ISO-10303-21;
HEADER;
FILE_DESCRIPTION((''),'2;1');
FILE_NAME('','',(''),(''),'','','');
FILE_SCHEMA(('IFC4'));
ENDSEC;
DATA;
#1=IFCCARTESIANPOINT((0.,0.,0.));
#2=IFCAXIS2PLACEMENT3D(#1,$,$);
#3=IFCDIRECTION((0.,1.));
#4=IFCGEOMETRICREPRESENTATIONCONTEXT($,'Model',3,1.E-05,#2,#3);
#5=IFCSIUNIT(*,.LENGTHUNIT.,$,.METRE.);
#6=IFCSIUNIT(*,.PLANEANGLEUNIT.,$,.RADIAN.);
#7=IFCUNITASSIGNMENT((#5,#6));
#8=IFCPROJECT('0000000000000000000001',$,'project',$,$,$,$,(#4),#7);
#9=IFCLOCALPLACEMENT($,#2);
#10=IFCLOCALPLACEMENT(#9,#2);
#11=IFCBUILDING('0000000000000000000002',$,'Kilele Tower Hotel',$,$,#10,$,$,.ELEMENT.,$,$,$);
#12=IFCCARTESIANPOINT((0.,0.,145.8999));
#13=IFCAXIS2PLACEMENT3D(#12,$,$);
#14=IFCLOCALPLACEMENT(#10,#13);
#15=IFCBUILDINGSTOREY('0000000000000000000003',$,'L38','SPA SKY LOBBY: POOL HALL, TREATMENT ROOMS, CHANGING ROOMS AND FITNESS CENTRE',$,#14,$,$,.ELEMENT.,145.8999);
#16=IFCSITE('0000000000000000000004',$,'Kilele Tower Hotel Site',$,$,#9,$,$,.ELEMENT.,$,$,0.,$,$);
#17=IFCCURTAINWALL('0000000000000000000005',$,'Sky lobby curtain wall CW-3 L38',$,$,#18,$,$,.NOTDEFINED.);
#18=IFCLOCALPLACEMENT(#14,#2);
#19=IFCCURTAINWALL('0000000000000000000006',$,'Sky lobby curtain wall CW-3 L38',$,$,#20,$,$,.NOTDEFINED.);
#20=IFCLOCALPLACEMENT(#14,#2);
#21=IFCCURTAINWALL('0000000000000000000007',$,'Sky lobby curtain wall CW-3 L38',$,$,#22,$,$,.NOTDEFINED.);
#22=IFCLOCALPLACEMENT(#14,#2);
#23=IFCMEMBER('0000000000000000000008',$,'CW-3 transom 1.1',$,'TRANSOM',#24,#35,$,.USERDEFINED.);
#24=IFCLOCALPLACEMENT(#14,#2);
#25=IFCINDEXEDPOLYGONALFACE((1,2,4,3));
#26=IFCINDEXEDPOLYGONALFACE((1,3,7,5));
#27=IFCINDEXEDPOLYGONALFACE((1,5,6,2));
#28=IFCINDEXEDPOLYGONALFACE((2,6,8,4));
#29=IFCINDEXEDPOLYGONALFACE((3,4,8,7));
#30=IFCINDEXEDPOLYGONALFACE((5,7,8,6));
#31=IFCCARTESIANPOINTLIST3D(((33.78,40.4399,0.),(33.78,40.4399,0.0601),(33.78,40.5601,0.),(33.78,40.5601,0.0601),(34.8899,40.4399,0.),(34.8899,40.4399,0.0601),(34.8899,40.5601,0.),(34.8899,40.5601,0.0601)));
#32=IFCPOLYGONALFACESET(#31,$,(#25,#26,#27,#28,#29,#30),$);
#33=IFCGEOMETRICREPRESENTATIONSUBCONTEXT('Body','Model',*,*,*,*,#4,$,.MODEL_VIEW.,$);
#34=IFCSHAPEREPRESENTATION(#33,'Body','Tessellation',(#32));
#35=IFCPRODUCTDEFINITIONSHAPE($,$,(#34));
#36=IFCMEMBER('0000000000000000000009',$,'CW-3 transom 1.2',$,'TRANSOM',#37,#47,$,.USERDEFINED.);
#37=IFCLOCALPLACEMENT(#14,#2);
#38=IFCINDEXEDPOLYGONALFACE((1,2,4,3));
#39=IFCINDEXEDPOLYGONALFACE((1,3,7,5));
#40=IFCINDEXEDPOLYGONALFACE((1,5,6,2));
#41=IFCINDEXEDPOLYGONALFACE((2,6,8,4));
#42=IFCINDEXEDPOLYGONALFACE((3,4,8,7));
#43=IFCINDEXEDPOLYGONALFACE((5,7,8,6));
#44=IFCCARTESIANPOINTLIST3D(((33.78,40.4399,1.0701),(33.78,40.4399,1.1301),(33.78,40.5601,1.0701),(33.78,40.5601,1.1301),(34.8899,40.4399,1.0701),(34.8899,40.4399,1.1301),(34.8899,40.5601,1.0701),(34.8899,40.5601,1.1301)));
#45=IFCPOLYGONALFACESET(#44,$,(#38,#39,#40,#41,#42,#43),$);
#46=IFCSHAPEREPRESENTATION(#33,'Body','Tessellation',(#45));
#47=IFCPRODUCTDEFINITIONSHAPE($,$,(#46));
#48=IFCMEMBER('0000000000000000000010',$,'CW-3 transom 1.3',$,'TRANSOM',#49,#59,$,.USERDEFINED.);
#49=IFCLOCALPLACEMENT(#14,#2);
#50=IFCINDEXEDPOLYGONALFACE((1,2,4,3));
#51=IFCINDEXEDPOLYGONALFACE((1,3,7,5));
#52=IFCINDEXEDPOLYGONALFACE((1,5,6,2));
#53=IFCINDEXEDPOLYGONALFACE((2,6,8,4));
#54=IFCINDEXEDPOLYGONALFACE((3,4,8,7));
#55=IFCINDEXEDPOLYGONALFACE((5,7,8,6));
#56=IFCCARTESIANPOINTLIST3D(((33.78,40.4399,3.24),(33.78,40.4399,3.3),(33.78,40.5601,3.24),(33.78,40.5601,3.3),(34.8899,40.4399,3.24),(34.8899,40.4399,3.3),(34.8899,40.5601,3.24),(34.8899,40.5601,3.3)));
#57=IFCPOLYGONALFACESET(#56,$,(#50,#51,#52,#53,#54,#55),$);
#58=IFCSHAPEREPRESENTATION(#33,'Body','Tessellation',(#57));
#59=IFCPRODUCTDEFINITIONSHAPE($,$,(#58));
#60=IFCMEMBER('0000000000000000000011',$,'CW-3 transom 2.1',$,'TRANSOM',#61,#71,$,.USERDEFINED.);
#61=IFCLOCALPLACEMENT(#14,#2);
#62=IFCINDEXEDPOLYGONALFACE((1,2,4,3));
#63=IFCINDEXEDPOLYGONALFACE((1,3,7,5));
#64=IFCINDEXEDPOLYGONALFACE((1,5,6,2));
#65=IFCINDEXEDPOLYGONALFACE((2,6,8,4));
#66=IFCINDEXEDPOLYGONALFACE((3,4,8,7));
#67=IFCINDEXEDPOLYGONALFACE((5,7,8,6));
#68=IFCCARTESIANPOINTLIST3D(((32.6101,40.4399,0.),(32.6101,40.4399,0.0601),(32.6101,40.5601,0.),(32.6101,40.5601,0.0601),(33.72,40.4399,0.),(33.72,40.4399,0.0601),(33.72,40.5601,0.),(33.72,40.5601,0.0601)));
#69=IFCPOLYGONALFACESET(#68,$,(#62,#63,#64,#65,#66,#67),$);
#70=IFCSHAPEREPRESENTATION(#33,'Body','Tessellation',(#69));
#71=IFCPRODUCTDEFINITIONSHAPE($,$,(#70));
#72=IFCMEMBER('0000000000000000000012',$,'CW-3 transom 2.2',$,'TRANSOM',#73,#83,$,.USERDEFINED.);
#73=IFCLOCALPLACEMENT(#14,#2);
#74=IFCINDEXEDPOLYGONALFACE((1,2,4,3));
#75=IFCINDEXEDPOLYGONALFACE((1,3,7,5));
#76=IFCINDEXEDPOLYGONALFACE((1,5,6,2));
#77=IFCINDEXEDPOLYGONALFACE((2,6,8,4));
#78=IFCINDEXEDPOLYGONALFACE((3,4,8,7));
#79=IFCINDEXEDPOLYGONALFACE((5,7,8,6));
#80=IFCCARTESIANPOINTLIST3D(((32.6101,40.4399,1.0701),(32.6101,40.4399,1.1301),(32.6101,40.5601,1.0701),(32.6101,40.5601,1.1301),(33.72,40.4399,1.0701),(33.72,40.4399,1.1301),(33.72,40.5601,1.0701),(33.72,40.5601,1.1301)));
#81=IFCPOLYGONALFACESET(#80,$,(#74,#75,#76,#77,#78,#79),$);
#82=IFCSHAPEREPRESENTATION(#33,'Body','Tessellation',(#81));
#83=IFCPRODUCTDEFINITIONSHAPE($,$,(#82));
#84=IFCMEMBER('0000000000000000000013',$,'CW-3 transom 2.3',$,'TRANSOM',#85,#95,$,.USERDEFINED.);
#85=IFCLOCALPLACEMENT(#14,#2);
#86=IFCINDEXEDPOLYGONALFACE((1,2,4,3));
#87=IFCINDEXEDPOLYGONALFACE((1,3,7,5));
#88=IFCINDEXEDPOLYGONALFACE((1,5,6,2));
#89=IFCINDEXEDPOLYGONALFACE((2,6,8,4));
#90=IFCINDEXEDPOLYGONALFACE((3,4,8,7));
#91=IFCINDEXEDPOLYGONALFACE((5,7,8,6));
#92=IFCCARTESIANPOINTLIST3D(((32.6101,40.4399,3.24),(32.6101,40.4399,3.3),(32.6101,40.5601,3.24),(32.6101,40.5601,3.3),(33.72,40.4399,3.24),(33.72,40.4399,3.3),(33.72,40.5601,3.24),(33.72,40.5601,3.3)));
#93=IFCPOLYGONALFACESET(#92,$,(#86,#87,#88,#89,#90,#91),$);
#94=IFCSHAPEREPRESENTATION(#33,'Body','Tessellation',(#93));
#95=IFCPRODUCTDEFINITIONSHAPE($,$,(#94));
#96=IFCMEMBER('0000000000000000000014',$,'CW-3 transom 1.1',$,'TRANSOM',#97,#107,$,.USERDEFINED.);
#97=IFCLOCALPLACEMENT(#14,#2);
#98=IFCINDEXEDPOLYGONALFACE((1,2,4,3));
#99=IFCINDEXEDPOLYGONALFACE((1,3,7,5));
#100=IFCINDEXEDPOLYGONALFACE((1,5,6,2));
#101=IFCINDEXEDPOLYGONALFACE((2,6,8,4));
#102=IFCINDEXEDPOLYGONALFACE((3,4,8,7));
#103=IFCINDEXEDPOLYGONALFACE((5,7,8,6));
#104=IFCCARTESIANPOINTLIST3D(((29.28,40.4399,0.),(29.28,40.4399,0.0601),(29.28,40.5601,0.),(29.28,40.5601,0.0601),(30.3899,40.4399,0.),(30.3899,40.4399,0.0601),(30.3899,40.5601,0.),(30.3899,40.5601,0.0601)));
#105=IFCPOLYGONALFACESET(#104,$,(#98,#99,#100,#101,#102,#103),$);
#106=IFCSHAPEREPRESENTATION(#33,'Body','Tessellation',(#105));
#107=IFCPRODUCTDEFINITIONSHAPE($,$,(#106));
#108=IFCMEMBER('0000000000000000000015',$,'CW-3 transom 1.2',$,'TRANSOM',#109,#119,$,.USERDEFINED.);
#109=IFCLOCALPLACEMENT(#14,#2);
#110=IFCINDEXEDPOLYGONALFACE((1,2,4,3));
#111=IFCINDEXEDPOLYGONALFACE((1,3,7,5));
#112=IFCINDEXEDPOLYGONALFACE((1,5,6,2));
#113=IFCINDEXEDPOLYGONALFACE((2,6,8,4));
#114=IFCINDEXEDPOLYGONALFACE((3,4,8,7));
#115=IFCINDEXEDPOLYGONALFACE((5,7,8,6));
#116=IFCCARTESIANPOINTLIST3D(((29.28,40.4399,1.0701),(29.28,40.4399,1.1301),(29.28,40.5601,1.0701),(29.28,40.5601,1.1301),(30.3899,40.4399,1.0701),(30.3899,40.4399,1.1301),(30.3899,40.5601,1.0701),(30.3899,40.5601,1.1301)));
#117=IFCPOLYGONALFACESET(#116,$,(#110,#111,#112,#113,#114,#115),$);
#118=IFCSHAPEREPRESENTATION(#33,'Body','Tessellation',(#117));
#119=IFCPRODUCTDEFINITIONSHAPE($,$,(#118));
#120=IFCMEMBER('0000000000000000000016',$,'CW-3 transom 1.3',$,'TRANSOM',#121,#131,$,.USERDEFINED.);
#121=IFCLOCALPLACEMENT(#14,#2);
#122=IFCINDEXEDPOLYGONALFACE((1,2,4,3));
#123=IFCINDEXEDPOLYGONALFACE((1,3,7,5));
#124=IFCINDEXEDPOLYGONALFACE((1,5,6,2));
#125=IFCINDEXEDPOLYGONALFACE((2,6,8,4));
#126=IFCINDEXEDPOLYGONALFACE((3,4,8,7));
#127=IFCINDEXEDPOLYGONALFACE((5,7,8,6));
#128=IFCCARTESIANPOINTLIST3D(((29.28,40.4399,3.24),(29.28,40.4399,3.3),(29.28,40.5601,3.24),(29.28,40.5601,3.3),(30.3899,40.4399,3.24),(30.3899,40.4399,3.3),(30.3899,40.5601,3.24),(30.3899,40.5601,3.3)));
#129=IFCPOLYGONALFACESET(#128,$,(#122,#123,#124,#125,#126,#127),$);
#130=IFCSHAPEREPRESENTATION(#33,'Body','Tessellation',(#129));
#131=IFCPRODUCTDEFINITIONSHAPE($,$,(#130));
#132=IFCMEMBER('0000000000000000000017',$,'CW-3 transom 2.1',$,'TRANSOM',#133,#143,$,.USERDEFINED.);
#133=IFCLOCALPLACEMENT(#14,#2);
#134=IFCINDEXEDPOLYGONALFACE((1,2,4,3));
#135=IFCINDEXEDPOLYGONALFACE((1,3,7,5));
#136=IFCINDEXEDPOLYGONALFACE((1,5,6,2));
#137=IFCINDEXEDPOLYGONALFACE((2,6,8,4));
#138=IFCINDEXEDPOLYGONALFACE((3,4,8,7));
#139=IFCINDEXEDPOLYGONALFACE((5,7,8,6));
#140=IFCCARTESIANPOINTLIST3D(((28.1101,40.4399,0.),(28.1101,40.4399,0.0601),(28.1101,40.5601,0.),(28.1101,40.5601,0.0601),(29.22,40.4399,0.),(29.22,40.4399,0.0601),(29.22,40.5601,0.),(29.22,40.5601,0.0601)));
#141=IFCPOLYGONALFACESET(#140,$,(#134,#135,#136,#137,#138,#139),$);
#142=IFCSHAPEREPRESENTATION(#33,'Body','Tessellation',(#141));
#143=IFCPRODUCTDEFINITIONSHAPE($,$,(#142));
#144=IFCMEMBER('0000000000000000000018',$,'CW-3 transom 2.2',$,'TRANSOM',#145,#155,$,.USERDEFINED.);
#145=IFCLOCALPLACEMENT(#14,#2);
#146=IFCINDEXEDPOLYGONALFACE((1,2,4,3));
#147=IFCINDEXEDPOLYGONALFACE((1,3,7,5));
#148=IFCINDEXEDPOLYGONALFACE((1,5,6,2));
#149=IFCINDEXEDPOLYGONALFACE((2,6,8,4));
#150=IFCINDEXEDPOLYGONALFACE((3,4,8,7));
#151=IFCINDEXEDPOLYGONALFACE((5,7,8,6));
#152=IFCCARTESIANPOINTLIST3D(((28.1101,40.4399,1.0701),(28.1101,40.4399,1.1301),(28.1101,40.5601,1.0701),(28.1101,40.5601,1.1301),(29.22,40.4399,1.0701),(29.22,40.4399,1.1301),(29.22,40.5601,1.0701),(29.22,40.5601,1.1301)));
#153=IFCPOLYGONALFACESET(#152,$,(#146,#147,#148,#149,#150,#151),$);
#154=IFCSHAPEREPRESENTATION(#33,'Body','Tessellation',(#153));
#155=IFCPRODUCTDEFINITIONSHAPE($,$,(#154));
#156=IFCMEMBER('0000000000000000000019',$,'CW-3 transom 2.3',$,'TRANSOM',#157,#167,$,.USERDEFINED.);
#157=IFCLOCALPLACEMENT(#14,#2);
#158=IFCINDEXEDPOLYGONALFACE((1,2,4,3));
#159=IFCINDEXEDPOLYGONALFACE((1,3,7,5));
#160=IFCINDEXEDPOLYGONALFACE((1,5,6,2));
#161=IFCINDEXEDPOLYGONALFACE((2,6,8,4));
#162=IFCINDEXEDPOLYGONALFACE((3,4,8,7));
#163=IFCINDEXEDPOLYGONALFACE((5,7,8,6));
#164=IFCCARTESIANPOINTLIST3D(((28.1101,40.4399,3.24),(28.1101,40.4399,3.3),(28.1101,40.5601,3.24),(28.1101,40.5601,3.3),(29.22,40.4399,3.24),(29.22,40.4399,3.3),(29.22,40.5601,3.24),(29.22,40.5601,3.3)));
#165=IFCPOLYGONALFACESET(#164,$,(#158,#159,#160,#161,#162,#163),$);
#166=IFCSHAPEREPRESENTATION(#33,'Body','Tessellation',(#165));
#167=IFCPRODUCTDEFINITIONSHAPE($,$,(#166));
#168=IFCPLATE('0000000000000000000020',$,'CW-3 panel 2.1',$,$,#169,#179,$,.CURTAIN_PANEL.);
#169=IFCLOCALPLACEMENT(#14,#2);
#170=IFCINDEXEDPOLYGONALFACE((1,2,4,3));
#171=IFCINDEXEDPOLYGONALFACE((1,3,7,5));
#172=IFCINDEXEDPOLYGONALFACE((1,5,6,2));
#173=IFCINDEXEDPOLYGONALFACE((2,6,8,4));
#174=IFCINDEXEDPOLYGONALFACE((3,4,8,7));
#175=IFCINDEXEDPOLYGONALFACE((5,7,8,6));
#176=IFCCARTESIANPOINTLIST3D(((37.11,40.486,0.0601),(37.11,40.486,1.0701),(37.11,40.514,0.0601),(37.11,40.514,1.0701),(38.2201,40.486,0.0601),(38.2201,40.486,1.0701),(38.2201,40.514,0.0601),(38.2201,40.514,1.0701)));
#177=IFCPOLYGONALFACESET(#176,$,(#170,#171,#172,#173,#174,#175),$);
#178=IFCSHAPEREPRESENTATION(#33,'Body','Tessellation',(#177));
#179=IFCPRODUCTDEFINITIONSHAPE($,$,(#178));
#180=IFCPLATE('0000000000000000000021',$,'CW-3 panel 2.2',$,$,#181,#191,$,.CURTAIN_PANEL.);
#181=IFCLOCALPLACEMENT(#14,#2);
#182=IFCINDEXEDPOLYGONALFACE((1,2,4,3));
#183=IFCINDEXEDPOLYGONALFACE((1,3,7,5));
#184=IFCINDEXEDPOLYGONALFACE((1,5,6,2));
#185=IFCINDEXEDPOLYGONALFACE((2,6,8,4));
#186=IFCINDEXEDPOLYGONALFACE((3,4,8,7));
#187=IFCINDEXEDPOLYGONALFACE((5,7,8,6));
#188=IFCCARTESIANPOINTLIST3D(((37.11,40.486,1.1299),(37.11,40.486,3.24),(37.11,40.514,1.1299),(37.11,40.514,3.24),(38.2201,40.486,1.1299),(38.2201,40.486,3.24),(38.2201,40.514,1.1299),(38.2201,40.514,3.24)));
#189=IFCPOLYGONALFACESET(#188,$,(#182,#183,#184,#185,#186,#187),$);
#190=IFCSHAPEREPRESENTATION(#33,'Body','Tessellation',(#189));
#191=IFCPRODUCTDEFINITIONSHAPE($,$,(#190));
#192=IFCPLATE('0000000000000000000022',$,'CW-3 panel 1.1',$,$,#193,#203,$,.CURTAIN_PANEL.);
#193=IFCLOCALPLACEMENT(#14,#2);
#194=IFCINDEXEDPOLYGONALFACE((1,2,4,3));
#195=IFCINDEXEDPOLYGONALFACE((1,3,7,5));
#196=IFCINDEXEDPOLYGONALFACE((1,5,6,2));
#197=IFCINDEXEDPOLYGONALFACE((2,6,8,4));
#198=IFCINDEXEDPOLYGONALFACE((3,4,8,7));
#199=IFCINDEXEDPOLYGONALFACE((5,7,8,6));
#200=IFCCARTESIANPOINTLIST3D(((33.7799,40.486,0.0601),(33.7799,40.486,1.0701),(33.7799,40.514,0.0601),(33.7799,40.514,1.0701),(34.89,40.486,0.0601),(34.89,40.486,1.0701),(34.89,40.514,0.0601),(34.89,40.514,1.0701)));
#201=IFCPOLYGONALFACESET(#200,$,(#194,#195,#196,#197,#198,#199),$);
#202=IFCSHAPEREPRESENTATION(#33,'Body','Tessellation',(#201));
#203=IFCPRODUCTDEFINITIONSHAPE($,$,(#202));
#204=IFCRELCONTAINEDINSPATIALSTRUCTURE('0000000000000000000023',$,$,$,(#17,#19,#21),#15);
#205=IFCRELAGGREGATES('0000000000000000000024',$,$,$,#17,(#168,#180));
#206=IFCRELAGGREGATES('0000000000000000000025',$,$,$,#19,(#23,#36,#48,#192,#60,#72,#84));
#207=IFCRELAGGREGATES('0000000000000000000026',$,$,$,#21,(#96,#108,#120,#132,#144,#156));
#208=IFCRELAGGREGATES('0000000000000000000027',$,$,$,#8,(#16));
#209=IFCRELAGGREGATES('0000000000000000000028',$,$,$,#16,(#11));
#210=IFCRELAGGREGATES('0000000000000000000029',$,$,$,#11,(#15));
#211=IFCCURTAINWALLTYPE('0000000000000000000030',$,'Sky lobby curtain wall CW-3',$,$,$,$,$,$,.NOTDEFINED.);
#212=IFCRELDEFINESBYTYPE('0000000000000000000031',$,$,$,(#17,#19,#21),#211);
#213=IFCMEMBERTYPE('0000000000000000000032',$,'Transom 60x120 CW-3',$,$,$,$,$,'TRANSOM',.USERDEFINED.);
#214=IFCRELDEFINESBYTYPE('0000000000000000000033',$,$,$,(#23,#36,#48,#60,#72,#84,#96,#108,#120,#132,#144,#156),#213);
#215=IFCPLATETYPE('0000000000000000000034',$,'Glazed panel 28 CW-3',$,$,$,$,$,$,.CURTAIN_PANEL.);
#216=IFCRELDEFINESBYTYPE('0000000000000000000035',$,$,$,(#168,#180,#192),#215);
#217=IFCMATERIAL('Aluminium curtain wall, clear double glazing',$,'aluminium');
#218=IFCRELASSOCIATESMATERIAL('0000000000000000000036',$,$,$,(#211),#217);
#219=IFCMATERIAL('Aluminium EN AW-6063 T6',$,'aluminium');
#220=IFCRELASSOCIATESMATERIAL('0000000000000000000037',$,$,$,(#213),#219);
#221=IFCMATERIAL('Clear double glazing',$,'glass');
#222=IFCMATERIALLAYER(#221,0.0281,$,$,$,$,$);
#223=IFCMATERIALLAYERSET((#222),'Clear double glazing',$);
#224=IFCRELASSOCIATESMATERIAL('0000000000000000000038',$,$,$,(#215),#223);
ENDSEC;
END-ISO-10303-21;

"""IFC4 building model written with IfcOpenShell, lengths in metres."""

from ifc_helpers import new_model, si_unit, direction, frame, origin, origin_2d, place, context, subcontext, project, spatial, rectangle, extrude, material, layer, layer_set, material_profile, profile_set, type_object, element, aggregate, save


model = new_model("IFC4")

# Units and contexts
model_context = context("Model", 3, precision=1e-05, world=origin(), true_north=direction((0.0, 1.0)))
body_context = subcontext(model_context, "Body", "Model", "MODEL_VIEW")
ifc_project = project(units=[si_unit("LENGTHUNIT", "METRE"), si_unit("PLANEANGLEUNIT", "RADIAN")], contexts=[model_context])

# Site, building, storey
site_placement = place(None, origin())
site = spatial("IfcSite", under=ifc_project, at=site_placement, Name="Kilele Tower Hotel Site", CompositionType="ELEMENT", RefElevation=0.0)
building_placement = place(site_placement, origin())
building = spatial("IfcBuilding", under=site, at=building_placement, Name="Kilele Tower Hotel", CompositionType="ELEMENT")
storey_placement = place(building_placement, frame((0.0, 0.0, 145.8999)))
storey = spatial("IfcBuildingStorey", under=building, at=storey_placement, Name="L38", Description="SPA SKY LOBBY: POOL HALL, TREATMENT ROOMS, CHANGING ROOMS AND FITNESS CENTRE", CompositionType="ELEMENT", Elevation=145.8999)

# Curtain wall
ifc_material_1 = material(Name="Aluminium curtain wall, clear double glazing", Category="aluminium")
curtain_wall_type = type_object("IfcCurtainWallType", Name="Sky lobby curtain wall CW-3", PredefinedType="NOTDEFINED", material=ifc_material_1)
curtain_wall_1_placement = place(storey_placement, origin())
curtain_wall_1 = element("IfcCurtainWall", 1, at=curtain_wall_1_placement, inside=storey, type_object=curtain_wall_type, Name="Sky lobby curtain wall CW-3 L38", PredefinedType="NOTDEFINED")

# Curtain walls
curtain_wall_2_placement = place(storey_placement, origin())
curtain_wall_2 = element("IfcCurtainWall", 2, at=curtain_wall_2_placement, inside=storey, type_object=curtain_wall_type, Name="Sky lobby curtain wall CW-3 L38", PredefinedType="NOTDEFINED")
curtain_wall_3_placement = place(storey_placement, origin())
curtain_wall_3 = element("IfcCurtainWall", 3, at=curtain_wall_3_placement, inside=storey, type_object=curtain_wall_type, Name="Sky lobby curtain wall CW-3 L38", PredefinedType="NOTDEFINED")

# Members
ifc_material_2 = material(Name="Aluminium EN AW-6063 T6", Category="aluminium")
ifc_material_profile_1 = material_profile(ifc_material_2, rectangle(XDim=0.1201, YDim=0.0601, at=origin_2d()))
ifc_profile_set_1 = profile_set([ifc_material_profile_1], Name="Aluminium EN AW-6063 T6")
member_type_1 = type_object("IfcMemberType", Name="Transom 60x120 CW-3", ElementType="TRANSOM", PredefinedType="USERDEFINED", material=ifc_profile_set_1)
member_1_placement = place(storey_placement, frame((34.8899, 40.5, 0.03), z_axis=(-1.0, 0.0, 0.0), x_axis=(0.0, -1.0, 0.0)))
member_1 = element("IfcMember", 4, at=member_1_placement, type_object=member_type_1, Name="CW-3 transom 1.1", ObjectType="TRANSOM", PredefinedType="USERDEFINED", context=body_context, shape_type="SweptSolid", body=[
    extrude(rectangle(XDim=0.1201, YDim=0.0601, at=origin_2d()), origin(), (0.0, 0.0, 1.0), 1.1099),
])
member_2_placement = place(storey_placement, frame((34.8899, 40.5, 1.1001), z_axis=(-1.0, 0.0, 0.0), x_axis=(0.0, -1.0, 0.0)))
member_2 = element("IfcMember", 5, at=member_2_placement, type_object=member_type_1, Name="CW-3 transom 1.2", ObjectType="TRANSOM", PredefinedType="USERDEFINED", context=body_context, shape_type="SweptSolid", body=[
    extrude(rectangle(XDim=0.1201, YDim=0.0601, at=origin_2d()), origin(), (0.0, 0.0, 1.0), 1.1099),
])
member_3_placement = place(storey_placement, frame((34.8899, 40.5, 3.27), z_axis=(-1.0, 0.0, 0.0), x_axis=(0.0, -1.0, 0.0)))
member_3 = element("IfcMember", 6, at=member_3_placement, type_object=member_type_1, Name="CW-3 transom 1.3", ObjectType="TRANSOM", PredefinedType="USERDEFINED", context=body_context, shape_type="SweptSolid", body=[
    extrude(rectangle(XDim=0.1201, YDim=0.0601, at=origin_2d()), origin(), (0.0, 0.0, 1.0), 1.1099),
])
member_4_placement = place(storey_placement, frame((33.72, 40.5, 0.03), z_axis=(-1.0, 0.0, 0.0), x_axis=(0.0, -1.0, 0.0)))
member_4 = element("IfcMember", 7, at=member_4_placement, type_object=member_type_1, Name="CW-3 transom 2.1", ObjectType="TRANSOM", PredefinedType="USERDEFINED", context=body_context, shape_type="SweptSolid", body=[
    extrude(rectangle(XDim=0.1201, YDim=0.0601, at=origin_2d()), origin(), (0.0, 0.0, 1.0), 1.1099),
])
member_5_placement = place(storey_placement, frame((33.72, 40.5, 1.1001), z_axis=(-1.0, 0.0, 0.0), x_axis=(0.0, -1.0, 0.0)))
member_5 = element("IfcMember", 8, at=member_5_placement, type_object=member_type_1, Name="CW-3 transom 2.2", ObjectType="TRANSOM", PredefinedType="USERDEFINED", context=body_context, shape_type="SweptSolid", body=[
    extrude(rectangle(XDim=0.1201, YDim=0.0601, at=origin_2d()), origin(), (0.0, 0.0, 1.0), 1.1099),
])
member_6_placement = place(storey_placement, frame((33.72, 40.5, 3.27), z_axis=(-1.0, 0.0, 0.0), x_axis=(0.0, -1.0, 0.0)))
member_6 = element("IfcMember", 9, at=member_6_placement, type_object=member_type_1, Name="CW-3 transom 2.3", ObjectType="TRANSOM", PredefinedType="USERDEFINED", context=body_context, shape_type="SweptSolid", body=[
    extrude(rectangle(XDim=0.1201, YDim=0.0601, at=origin_2d()), origin(), (0.0, 0.0, 1.0), 1.1099),
])
member_7_placement = place(storey_placement, frame((30.3899, 40.5, 0.03), z_axis=(-1.0, 0.0, 0.0), x_axis=(0.0, -1.0, 0.0)))
member_7 = element("IfcMember", 10, at=member_7_placement, type_object=member_type_1, Name="CW-3 transom 1.1", ObjectType="TRANSOM", PredefinedType="USERDEFINED", context=body_context, shape_type="SweptSolid", body=[
    extrude(rectangle(XDim=0.1201, YDim=0.0601, at=origin_2d()), origin(), (0.0, 0.0, 1.0), 1.1099),
])
member_8_placement = place(storey_placement, frame((30.3899, 40.5, 1.1001), z_axis=(-1.0, 0.0, 0.0), x_axis=(0.0, -1.0, 0.0)))
member_8 = element("IfcMember", 11, at=member_8_placement, type_object=member_type_1, Name="CW-3 transom 1.2", ObjectType="TRANSOM", PredefinedType="USERDEFINED", context=body_context, shape_type="SweptSolid", body=[
    extrude(rectangle(XDim=0.1201, YDim=0.0601, at=origin_2d()), origin(), (0.0, 0.0, 1.0), 1.1099),
])
member_9_placement = place(storey_placement, frame((30.3899, 40.5, 3.27), z_axis=(-1.0, 0.0, 0.0), x_axis=(0.0, -1.0, 0.0)))
member_9 = element("IfcMember", 12, at=member_9_placement, type_object=member_type_1, Name="CW-3 transom 1.3", ObjectType="TRANSOM", PredefinedType="USERDEFINED", context=body_context, shape_type="SweptSolid", body=[
    extrude(rectangle(XDim=0.1201, YDim=0.0601, at=origin_2d()), origin(), (0.0, 0.0, 1.0), 1.1099),
])
member_10_placement = place(storey_placement, frame((29.22, 40.5, 0.03), z_axis=(-1.0, 0.0, 0.0), x_axis=(0.0, -1.0, 0.0)))
member_10 = element("IfcMember", 13, at=member_10_placement, type_object=member_type_1, Name="CW-3 transom 2.1", ObjectType="TRANSOM", PredefinedType="USERDEFINED", context=body_context, shape_type="SweptSolid", body=[
    extrude(rectangle(XDim=0.1201, YDim=0.0601, at=origin_2d()), origin(), (0.0, 0.0, 1.0), 1.1099),
])
member_11_placement = place(storey_placement, frame((29.22, 40.5, 1.1001), z_axis=(-1.0, 0.0, 0.0), x_axis=(0.0, -1.0, 0.0)))
member_11 = element("IfcMember", 14, at=member_11_placement, type_object=member_type_1, Name="CW-3 transom 2.2", ObjectType="TRANSOM", PredefinedType="USERDEFINED", context=body_context, shape_type="SweptSolid", body=[
    extrude(rectangle(XDim=0.1201, YDim=0.0601, at=origin_2d()), origin(), (0.0, 0.0, 1.0), 1.1099),
])
member_12_placement = place(storey_placement, frame((29.22, 40.5, 3.27), z_axis=(-1.0, 0.0, 0.0), x_axis=(0.0, -1.0, 0.0)))
member_12 = element("IfcMember", 15, at=member_12_placement, type_object=member_type_1, Name="CW-3 transom 2.3", ObjectType="TRANSOM", PredefinedType="USERDEFINED", context=body_context, shape_type="SweptSolid", body=[
    extrude(rectangle(XDim=0.1201, YDim=0.0601, at=origin_2d()), origin(), (0.0, 0.0, 1.0), 1.1099),
])

# Plates
ifc_material_3 = material(Name="Clear double glazing", Category="glass")
ifc_layer = layer(ifc_material_3, 0.0281)
ifc_layer_set = layer_set([ifc_layer], Name="Clear double glazing")
plate_type = type_object("IfcPlateType", Name="Glazed panel 28 CW-3", PredefinedType="CURTAIN_PANEL", material=ifc_layer_set)
plate_1_placement = place(storey_placement, frame((37.665, 40.5, 0.0601), z_axis=(0.0, 0.0, 1.0), x_axis=(-1.0, 0.0, 0.0)))
plate_1 = element("IfcPlate", 16, at=plate_1_placement, type_object=plate_type, Name="CW-3 panel 2.1", PredefinedType="CURTAIN_PANEL", context=body_context, shape_type="SweptSolid", body=[
    extrude(rectangle(XDim=1.1101, YDim=0.0281, at=origin_2d()), origin(), (0.0, 0.0, 1.0), 1.01),
])
plate_2_placement = place(storey_placement, frame((37.665, 40.5, 1.1299), z_axis=(0.0, 0.0, 1.0), x_axis=(-1.0, 0.0, 0.0)))
plate_2 = element("IfcPlate", 17, at=plate_2_placement, type_object=plate_type, Name="CW-3 panel 2.2", PredefinedType="CURTAIN_PANEL", context=body_context, shape_type="SweptSolid", body=[
    extrude(rectangle(XDim=1.1101, YDim=0.0281, at=origin_2d()), origin(), (0.0, 0.0, 1.0), 2.1101),
])
aggregate(curtain_wall_1, [plate_1, plate_2])
plate_3_placement = place(storey_placement, frame((34.335, 40.5, 0.0601), z_axis=(0.0, 0.0, 1.0), x_axis=(-1.0, 0.0, 0.0)))
plate_3 = element("IfcPlate", 18, at=plate_3_placement, type_object=plate_type, Name="CW-3 panel 1.1", PredefinedType="CURTAIN_PANEL", context=body_context, shape_type="SweptSolid", body=[
    extrude(rectangle(XDim=1.1101, YDim=0.0281, at=origin_2d()), origin(), (0.0, 0.0, 1.0), 1.01),
])
aggregate(curtain_wall_2, [member_1, member_2, member_3, plate_3, member_4, member_5, member_6])
aggregate(curtain_wall_3, [member_7, member_8, member_9, member_10, member_11, member_12])

save(model, "model.ifc")
